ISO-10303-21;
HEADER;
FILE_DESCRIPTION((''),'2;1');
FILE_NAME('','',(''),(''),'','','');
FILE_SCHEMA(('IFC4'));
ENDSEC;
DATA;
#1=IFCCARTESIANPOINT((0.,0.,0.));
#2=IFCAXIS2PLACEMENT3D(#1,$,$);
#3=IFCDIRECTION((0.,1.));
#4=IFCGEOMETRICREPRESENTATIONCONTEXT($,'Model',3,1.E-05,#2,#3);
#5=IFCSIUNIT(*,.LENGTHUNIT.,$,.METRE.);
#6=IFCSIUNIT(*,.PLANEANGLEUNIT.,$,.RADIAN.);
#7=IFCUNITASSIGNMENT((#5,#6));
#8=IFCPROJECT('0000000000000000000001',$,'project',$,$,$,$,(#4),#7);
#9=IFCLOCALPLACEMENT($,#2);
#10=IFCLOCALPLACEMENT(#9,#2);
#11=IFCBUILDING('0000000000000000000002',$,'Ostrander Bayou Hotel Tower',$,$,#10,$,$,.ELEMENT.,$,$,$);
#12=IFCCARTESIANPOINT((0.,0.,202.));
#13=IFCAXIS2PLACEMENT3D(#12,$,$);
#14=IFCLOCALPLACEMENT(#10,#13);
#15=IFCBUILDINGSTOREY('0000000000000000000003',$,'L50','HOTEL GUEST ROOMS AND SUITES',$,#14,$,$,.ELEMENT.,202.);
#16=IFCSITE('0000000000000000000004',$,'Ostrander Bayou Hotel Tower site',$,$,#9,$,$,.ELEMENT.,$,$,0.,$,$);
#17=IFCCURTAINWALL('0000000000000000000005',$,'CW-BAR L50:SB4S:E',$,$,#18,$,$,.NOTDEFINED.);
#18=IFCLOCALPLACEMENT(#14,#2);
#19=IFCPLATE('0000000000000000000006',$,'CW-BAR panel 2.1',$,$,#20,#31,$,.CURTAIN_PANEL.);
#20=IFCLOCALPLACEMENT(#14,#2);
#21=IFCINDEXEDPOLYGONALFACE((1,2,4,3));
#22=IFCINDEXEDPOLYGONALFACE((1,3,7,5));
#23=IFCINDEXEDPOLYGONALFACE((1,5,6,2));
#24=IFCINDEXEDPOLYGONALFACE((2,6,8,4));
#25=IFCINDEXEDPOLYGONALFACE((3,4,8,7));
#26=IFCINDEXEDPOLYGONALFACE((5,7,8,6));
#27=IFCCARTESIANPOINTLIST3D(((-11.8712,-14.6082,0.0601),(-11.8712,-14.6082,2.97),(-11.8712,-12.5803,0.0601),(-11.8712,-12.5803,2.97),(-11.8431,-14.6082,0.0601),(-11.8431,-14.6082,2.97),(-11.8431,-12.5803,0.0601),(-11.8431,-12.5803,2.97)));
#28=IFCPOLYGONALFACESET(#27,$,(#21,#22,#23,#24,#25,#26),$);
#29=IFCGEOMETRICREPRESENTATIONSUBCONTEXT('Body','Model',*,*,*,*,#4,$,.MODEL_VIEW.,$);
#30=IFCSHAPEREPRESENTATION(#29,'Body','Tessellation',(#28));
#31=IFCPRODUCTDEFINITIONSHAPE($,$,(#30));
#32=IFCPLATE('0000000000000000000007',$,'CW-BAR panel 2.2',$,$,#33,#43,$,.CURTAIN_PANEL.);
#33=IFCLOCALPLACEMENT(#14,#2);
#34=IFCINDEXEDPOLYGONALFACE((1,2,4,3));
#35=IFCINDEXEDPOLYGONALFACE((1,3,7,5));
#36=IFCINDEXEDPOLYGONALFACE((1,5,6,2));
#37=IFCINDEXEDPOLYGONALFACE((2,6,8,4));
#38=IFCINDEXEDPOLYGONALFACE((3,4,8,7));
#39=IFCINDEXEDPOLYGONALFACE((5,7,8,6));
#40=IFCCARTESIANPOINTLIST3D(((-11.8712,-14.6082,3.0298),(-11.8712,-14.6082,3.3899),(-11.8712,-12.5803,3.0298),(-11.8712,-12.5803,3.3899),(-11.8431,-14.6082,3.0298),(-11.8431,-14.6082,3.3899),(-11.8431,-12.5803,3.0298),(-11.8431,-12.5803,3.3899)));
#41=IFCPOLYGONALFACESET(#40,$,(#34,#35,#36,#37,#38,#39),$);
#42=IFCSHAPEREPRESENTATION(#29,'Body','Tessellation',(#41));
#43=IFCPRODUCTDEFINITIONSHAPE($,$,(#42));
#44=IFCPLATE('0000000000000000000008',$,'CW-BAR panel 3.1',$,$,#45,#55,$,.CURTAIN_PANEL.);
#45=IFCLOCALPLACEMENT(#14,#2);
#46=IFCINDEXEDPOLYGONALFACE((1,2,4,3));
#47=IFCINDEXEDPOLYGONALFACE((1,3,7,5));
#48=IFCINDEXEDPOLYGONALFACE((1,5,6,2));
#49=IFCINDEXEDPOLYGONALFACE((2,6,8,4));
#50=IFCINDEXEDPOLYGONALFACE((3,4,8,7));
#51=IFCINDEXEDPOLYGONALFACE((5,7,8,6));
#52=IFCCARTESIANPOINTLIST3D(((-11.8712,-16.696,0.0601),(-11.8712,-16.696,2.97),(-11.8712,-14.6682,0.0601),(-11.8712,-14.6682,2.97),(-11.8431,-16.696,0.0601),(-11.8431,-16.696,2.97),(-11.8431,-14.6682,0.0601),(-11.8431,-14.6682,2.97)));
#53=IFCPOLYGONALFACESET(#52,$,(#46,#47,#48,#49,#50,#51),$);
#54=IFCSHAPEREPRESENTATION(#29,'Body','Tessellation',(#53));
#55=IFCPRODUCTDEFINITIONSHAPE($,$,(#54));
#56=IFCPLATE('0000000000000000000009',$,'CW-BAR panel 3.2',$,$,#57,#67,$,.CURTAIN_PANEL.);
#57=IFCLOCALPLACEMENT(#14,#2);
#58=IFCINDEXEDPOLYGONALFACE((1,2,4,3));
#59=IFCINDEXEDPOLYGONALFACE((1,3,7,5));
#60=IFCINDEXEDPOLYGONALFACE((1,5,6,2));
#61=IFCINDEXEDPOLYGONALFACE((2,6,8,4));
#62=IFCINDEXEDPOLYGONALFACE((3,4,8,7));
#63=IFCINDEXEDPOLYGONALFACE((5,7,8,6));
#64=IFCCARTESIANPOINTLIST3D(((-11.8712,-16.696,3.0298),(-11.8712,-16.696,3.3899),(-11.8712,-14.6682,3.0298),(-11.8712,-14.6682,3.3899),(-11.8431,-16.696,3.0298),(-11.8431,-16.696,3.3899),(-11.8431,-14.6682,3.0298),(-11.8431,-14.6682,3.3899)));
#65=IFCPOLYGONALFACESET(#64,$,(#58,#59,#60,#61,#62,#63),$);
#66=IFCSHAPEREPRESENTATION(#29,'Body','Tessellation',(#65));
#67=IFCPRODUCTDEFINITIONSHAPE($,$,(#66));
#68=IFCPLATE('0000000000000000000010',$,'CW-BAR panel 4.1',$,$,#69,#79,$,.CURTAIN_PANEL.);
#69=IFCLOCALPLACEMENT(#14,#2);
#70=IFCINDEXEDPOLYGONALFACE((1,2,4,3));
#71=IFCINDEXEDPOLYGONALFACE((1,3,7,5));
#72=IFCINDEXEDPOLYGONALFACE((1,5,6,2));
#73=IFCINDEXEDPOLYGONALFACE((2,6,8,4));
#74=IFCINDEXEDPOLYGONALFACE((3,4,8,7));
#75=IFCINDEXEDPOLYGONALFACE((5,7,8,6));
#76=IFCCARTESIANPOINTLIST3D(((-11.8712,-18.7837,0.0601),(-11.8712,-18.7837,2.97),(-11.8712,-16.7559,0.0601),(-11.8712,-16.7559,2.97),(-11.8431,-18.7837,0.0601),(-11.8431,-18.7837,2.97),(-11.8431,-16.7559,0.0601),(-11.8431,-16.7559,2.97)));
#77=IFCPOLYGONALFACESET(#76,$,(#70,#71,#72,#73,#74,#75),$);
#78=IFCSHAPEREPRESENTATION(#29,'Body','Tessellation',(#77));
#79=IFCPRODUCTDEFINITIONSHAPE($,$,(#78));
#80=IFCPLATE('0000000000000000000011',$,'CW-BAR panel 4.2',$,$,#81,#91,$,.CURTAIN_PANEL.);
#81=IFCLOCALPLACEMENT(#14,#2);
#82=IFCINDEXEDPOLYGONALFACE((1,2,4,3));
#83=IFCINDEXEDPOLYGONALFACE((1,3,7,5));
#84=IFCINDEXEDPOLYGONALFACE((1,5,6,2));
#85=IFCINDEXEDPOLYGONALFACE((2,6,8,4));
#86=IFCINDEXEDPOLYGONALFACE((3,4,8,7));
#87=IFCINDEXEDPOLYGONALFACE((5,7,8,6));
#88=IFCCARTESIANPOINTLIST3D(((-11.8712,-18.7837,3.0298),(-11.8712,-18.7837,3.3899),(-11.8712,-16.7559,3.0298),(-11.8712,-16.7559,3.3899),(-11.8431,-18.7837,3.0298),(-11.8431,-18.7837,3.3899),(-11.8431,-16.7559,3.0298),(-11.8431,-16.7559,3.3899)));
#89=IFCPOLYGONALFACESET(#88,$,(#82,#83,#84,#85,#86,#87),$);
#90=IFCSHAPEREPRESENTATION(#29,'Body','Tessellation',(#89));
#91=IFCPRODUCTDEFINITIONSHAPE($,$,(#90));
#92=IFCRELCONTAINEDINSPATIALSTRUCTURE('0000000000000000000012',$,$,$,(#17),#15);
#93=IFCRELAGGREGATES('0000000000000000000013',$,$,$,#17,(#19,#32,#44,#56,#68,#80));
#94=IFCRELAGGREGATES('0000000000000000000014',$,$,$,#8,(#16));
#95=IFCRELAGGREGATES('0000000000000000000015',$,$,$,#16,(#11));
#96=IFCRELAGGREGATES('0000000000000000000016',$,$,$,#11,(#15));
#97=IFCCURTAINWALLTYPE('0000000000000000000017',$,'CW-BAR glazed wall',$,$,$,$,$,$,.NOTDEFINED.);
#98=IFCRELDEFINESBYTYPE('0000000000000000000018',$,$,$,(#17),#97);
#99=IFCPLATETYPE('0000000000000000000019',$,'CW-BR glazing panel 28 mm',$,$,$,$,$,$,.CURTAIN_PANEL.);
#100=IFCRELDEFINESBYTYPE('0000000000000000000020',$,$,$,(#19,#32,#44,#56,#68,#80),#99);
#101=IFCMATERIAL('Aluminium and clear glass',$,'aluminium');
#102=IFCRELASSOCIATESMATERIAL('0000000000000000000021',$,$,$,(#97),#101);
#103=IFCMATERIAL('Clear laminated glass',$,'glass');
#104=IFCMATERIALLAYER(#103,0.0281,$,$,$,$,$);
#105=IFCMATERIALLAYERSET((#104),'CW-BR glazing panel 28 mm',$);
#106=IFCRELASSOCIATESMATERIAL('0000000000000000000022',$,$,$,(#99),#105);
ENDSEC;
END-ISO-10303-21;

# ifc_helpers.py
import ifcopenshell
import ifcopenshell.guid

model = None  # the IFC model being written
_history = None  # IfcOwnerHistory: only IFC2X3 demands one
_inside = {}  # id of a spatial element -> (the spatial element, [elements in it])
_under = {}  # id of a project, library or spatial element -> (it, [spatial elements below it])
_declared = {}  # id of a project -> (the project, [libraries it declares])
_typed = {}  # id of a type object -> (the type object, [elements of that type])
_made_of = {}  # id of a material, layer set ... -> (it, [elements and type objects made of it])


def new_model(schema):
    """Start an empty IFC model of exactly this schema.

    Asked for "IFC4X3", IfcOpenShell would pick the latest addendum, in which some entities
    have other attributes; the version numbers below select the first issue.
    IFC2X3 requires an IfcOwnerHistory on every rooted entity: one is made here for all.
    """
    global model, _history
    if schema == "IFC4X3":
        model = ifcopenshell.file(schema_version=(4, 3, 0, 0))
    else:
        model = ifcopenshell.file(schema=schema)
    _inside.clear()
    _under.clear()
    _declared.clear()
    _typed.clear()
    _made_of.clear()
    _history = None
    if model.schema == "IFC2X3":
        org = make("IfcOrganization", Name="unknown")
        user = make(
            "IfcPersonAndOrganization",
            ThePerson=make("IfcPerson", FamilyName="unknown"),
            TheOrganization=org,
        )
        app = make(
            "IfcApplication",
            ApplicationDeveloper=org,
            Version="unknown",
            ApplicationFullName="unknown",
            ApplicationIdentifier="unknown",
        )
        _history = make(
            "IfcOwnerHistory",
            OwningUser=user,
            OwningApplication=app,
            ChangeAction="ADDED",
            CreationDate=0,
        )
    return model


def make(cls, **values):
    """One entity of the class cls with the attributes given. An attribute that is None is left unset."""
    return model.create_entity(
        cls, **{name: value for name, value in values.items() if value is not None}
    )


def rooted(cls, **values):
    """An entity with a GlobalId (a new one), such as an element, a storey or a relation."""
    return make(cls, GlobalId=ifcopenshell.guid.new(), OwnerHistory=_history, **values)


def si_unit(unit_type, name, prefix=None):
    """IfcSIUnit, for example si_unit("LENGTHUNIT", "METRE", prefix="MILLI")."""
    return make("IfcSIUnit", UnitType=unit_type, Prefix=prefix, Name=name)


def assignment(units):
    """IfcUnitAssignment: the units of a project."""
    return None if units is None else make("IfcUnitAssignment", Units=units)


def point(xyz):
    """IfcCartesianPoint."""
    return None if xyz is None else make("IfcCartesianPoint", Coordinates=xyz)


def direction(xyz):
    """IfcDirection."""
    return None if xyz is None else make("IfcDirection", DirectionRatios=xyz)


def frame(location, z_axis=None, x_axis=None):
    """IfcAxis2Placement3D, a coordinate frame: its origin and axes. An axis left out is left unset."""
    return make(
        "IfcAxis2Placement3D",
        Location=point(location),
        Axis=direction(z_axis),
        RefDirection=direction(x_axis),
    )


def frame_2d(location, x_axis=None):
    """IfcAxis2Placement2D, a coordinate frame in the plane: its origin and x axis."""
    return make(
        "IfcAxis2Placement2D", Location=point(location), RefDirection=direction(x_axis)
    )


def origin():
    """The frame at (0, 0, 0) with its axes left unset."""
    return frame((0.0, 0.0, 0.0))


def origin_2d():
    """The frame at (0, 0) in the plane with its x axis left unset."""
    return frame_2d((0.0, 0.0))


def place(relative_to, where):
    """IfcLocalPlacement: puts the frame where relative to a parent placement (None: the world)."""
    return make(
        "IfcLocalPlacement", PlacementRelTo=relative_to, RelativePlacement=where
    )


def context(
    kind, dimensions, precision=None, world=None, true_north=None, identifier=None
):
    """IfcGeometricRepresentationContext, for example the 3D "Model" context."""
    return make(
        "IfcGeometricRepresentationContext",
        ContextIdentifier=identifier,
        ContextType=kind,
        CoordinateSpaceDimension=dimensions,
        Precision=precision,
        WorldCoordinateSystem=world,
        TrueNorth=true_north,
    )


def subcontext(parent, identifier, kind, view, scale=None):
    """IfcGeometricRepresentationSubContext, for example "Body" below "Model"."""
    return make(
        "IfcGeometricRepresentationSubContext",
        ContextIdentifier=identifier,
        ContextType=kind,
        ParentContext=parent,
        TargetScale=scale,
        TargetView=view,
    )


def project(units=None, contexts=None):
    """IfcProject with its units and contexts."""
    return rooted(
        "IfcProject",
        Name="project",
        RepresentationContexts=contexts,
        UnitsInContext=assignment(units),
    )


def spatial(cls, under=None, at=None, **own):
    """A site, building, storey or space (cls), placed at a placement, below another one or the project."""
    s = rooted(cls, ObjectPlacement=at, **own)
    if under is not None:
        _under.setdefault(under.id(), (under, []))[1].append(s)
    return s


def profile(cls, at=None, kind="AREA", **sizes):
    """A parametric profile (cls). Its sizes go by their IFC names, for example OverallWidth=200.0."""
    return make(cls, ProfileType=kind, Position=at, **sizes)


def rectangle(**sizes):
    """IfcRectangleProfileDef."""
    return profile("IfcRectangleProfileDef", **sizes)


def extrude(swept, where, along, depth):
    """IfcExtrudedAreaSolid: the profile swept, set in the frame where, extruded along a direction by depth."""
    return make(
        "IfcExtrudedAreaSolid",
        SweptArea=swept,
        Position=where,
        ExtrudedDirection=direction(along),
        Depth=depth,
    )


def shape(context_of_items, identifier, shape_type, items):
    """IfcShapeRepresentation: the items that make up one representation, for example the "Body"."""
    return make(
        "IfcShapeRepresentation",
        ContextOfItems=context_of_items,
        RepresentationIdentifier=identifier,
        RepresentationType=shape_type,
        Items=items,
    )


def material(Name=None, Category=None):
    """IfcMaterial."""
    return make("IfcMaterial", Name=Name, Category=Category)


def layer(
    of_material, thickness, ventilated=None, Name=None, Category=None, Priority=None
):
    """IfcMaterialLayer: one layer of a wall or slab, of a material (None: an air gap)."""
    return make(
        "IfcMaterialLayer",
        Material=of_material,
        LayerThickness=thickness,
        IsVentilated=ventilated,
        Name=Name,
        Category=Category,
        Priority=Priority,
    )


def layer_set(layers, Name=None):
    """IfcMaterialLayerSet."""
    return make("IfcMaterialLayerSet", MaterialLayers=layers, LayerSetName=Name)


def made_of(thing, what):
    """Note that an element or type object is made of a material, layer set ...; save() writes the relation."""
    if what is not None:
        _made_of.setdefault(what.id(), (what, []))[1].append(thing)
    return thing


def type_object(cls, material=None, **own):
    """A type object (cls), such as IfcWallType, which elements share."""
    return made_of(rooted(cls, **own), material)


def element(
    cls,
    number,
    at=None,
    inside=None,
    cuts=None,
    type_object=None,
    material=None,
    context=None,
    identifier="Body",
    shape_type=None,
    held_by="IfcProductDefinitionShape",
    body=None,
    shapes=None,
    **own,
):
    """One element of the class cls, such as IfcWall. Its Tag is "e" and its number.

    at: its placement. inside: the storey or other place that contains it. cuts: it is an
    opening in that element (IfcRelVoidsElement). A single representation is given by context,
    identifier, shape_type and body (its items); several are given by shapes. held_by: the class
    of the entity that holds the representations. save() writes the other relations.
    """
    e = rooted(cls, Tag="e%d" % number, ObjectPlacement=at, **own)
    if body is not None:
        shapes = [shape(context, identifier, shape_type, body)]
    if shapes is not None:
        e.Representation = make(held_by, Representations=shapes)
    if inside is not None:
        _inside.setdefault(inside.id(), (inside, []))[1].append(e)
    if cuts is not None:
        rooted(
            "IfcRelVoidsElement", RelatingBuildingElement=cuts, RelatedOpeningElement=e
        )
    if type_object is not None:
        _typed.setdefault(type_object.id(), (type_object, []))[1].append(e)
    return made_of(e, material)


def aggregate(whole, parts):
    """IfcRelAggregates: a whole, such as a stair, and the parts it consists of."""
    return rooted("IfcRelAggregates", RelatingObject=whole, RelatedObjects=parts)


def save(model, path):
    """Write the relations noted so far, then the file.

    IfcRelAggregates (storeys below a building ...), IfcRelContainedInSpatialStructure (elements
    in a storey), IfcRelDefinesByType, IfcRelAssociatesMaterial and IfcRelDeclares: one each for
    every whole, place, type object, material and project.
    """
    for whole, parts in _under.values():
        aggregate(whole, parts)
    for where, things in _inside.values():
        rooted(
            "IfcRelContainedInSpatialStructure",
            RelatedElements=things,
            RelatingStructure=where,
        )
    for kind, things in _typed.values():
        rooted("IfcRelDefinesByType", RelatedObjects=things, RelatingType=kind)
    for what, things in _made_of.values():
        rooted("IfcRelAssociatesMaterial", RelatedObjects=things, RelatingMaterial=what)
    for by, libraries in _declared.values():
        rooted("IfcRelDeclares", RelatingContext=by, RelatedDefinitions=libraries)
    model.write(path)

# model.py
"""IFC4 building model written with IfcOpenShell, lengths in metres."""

from ifc_helpers import new_model, si_unit, direction, frame, origin, origin_2d, place, context, subcontext, project, spatial, rectangle, extrude, material, layer, layer_set, type_object, element, aggregate, save


model = new_model("IFC4")

# Units and contexts
model_context = context("Model", 3, precision=1e-05, world=origin(), true_north=direction((0.0, 1.0)))
body_context = subcontext(model_context, "Body", "Model", "MODEL_VIEW")
ifc_project = project(units=[si_unit("LENGTHUNIT", "METRE"), si_unit("PLANEANGLEUNIT", "RADIAN")], contexts=[model_context])

# Site, building, storey
site_placement = place(None, origin())
site = spatial("IfcSite", under=ifc_project, at=site_placement, Name="Ostrander Bayou Hotel Tower site", CompositionType="ELEMENT", RefElevation=0.0)
building_placement = place(site_placement, origin())
building = spatial("IfcBuilding", under=site, at=building_placement, Name="Ostrander Bayou Hotel Tower", CompositionType="ELEMENT")
storey_placement = place(building_placement, frame((0.0, 0.0, 202.0)))
storey = spatial("IfcBuildingStorey", under=building, at=storey_placement, Name="L50", Description="HOTEL GUEST ROOMS AND SUITES", CompositionType="ELEMENT", Elevation=202.0)

# Curtain wall
ifc_material_1 = material(Name="Aluminium and clear glass", Category="aluminium")
curtain_wall_type = type_object("IfcCurtainWallType", Name="CW-BAR glazed wall", PredefinedType="NOTDEFINED", material=ifc_material_1)
curtain_wall_placement = place(storey_placement, origin())
curtain_wall = element("IfcCurtainWall", 1, at=curtain_wall_placement, inside=storey, type_object=curtain_wall_type, Name="CW-BAR L50:SB4S:E", PredefinedType="NOTDEFINED")

# Plates
ifc_material_2 = material(Name="Clear laminated glass", Category="glass")
ifc_layer = layer(ifc_material_2, 0.0281)
ifc_layer_set = layer_set([ifc_layer], Name="CW-BR glazing panel 28 mm")
plate_type = type_object("IfcPlateType", Name="CW-BR glazing panel 28 mm", PredefinedType="CURTAIN_PANEL", material=ifc_layer_set)
plate_1_placement = place(storey_placement, frame((-11.8572, -13.5942, 0.0601), z_axis=(0.0, 0.0, 1.0), x_axis=(0.0, -1.0, 0.0)))
plate_1 = element("IfcPlate", 2, at=plate_1_placement, type_object=plate_type, Name="CW-BAR panel 2.1", PredefinedType="CURTAIN_PANEL", context=body_context, shape_type="SweptSolid", body=[
    extrude(rectangle(XDim=2.0278, YDim=0.0281, at=origin_2d()), origin(), (0.0, 0.0, 1.0), 2.9099),
])
plate_2_placement = place(storey_placement, frame((-11.8572, -13.5942, 3.0298), z_axis=(0.0, 0.0, 1.0), x_axis=(0.0, -1.0, 0.0)))
plate_2 = element("IfcPlate", 3, at=plate_2_placement, type_object=plate_type, Name="CW-BAR panel 2.2", PredefinedType="CURTAIN_PANEL", context=body_context, shape_type="SweptSolid", body=[
    extrude(rectangle(XDim=2.0278, YDim=0.0281, at=origin_2d()), origin(), (0.0, 0.0, 1.0), 0.3601),
])
plate_3_placement = place(storey_placement, frame((-11.8572, -15.6821, 0.0601), z_axis=(0.0, 0.0, 1.0), x_axis=(0.0, -1.0, 0.0)))
plate_3 = element("IfcPlate", 4, at=plate_3_placement, type_object=plate_type, Name="CW-BAR panel 3.1", PredefinedType="CURTAIN_PANEL", context=body_context, shape_type="SweptSolid", body=[
    extrude(rectangle(XDim=2.0278, YDim=0.0281, at=origin_2d()), origin(), (0.0, 0.0, 1.0), 2.9099),
])
plate_4_placement = place(storey_placement, frame((-11.8572, -15.6821, 3.0298), z_axis=(0.0, 0.0, 1.0), x_axis=(0.0, -1.0, 0.0)))
plate_4 = element("IfcPlate", 5, at=plate_4_placement, type_object=plate_type, Name="CW-BAR panel 3.2", PredefinedType="CURTAIN_PANEL", context=body_context, shape_type="SweptSolid", body=[
    extrude(rectangle(XDim=2.0278, YDim=0.0281, at=origin_2d()), origin(), (0.0, 0.0, 1.0), 0.3601),
])
plate_5_placement = place(storey_placement, frame((-11.8572, -17.7698, 0.0601), z_axis=(0.0, 0.0, 1.0), x_axis=(0.0, -1.0, 0.0)))
plate_5 = element("IfcPlate", 6, at=plate_5_placement, type_object=plate_type, Name="CW-BAR panel 4.1", PredefinedType="CURTAIN_PANEL", context=body_context, shape_type="SweptSolid", body=[
    extrude(rectangle(XDim=2.0278, YDim=0.0281, at=origin_2d()), origin(), (0.0, 0.0, 1.0), 2.9099),
])
plate_6_placement = place(storey_placement, frame((-11.8572, -17.7698, 3.0298), z_axis=(0.0, 0.0, 1.0), x_axis=(0.0, -1.0, 0.0)))
plate_6 = element("IfcPlate", 7, at=plate_6_placement, type_object=plate_type, Name="CW-BAR panel 4.2", PredefinedType="CURTAIN_PANEL", context=body_context, shape_type="SweptSolid", body=[
    extrude(rectangle(XDim=2.0278, YDim=0.0281, at=origin_2d()), origin(), (0.0, 0.0, 1.0), 0.3601),
])
aggregate(curtain_wall, [plate_1, plate_2, plate_3, plate_4, plate_5, plate_6])

save(model, "model.ifc")
